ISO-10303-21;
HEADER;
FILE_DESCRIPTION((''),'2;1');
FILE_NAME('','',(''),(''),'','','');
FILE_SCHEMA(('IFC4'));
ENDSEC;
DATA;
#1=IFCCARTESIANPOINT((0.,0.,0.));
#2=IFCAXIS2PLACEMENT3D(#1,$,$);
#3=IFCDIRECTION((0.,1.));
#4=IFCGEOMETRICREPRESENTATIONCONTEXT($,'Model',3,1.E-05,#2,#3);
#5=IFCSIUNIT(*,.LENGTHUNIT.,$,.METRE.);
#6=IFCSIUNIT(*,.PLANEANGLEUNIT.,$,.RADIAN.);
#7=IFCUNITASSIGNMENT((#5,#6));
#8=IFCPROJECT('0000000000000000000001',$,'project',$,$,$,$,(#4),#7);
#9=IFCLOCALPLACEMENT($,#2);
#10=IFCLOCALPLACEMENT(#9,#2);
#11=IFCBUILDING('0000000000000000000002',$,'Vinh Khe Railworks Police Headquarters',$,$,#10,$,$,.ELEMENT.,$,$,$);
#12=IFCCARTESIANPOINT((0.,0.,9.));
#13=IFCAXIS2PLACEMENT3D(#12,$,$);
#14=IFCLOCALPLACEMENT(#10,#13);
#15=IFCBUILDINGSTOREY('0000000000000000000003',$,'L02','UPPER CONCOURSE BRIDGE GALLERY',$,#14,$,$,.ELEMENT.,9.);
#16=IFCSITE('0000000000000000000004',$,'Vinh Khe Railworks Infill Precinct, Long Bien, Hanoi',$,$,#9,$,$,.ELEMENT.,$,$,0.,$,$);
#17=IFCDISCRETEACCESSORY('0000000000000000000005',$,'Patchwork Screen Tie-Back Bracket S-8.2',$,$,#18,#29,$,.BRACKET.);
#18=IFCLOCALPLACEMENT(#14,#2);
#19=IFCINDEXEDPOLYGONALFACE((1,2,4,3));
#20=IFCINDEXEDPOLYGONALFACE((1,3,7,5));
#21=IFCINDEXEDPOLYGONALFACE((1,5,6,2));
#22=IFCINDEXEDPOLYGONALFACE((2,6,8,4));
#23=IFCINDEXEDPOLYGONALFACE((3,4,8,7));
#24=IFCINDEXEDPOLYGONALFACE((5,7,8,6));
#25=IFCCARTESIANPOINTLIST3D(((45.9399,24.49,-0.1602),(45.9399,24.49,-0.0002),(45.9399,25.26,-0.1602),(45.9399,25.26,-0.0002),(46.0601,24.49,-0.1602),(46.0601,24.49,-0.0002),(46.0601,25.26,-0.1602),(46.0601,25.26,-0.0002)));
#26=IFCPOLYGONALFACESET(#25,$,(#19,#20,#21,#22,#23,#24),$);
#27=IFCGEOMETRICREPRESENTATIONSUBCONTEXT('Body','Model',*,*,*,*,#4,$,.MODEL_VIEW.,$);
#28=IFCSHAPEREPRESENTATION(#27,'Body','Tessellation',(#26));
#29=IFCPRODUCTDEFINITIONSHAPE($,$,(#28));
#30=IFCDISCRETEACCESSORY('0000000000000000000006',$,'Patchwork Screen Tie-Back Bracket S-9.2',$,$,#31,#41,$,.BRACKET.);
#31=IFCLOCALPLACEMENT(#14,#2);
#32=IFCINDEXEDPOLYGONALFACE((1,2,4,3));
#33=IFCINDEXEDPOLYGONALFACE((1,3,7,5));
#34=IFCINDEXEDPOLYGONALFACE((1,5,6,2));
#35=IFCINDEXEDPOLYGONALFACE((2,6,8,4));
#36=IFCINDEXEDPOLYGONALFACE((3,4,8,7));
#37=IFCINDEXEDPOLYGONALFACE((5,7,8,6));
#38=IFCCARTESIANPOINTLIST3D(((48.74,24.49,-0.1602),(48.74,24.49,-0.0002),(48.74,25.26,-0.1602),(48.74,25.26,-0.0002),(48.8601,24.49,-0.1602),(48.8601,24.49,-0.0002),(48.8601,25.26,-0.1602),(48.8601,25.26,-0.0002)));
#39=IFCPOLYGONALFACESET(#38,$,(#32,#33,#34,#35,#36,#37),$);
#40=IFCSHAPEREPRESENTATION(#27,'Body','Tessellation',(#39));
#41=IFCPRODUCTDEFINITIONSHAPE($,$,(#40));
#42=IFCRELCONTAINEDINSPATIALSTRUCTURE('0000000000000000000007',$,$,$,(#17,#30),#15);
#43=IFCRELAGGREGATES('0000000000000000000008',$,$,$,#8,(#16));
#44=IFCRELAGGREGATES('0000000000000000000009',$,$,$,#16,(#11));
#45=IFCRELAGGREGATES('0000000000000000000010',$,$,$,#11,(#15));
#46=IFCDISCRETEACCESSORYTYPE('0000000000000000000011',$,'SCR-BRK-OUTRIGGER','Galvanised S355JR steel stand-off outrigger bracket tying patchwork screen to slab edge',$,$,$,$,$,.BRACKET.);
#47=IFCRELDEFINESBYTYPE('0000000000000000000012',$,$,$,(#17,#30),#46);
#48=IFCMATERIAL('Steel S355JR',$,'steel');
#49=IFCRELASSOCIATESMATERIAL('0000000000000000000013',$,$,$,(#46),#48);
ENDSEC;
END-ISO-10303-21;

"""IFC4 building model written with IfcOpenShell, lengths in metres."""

from ifc_helpers import new_model, si_unit, direction, frame, origin, origin_2d, place, context, subcontext, project, spatial, rectangle, extrude, material, type_object, element, save


model = new_model("IFC4")

# Units and contexts
model_context = context("Model", 3, precision=1e-05, world=origin(), true_north=direction((0.0, 1.0)))
body_context = subcontext(model_context, "Body", "Model", "MODEL_VIEW")
ifc_project = project(units=[si_unit("LENGTHUNIT", "METRE"), si_unit("PLANEANGLEUNIT", "RADIAN")], contexts=[model_context])

# Site, building, storey
site_placement = place(None, origin())
site = spatial("IfcSite", under=ifc_project, at=site_placement, Name="Vinh Khe Railworks Infill Precinct, Long Bien, Hanoi", CompositionType="ELEMENT", RefElevation=0.0)
building_placement = place(site_placement, origin())
building = spatial("IfcBuilding", under=site, at=building_placement, Name="Vinh Khe Railworks Police Headquarters", CompositionType="ELEMENT")
storey_placement = place(building_placement, frame((0.0, 0.0, 9.0)))
storey = spatial("IfcBuildingStorey", under=building, at=storey_placement, Name="L02", Description="UPPER CONCOURSE BRIDGE GALLERY", CompositionType="ELEMENT", Elevation=9.0)

# Shared definitions
ifc_material_1 = material(Name="Steel S355JR", Category="steel")

# Discrete accessories
discrete_accessory_type = type_object("IfcDiscreteAccessoryType", Name="SCR-BRK-OUTRIGGER", Description="Galvanised S355JR steel stand-off outrigger bracket tying patchwork screen to slab edge", PredefinedType="BRACKET", material=ifc_material_1)
for number, where, z_axis, x_axis, name in (
    (1, (46.0, 24.875, -0.1602), (0.0, 0.0, 1.0), (1.0, 0.0, 0.0), "Patchwork Screen Tie-Back Bracket S-8.2"),
    (2, (48.8, 24.875, -0.1602), (0.0, 0.0, 1.0), (1.0, 0.0, 0.0), "Patchwork Screen Tie-Back Bracket S-9.2"),
):
    element("IfcDiscreteAccessory", number, at=place(storey_placement, frame(where, z_axis=z_axis, x_axis=x_axis)), inside=storey, type_object=discrete_accessory_type, Name=name, PredefinedType="BRACKET", context=body_context, shape_type="SweptSolid", body=[
        extrude(rectangle(XDim=0.1201, YDim=0.77, at=origin_2d()), origin(), (0.0, 0.0, 1.0), 0.1599),
    ])

save(model, "model.ifc")
